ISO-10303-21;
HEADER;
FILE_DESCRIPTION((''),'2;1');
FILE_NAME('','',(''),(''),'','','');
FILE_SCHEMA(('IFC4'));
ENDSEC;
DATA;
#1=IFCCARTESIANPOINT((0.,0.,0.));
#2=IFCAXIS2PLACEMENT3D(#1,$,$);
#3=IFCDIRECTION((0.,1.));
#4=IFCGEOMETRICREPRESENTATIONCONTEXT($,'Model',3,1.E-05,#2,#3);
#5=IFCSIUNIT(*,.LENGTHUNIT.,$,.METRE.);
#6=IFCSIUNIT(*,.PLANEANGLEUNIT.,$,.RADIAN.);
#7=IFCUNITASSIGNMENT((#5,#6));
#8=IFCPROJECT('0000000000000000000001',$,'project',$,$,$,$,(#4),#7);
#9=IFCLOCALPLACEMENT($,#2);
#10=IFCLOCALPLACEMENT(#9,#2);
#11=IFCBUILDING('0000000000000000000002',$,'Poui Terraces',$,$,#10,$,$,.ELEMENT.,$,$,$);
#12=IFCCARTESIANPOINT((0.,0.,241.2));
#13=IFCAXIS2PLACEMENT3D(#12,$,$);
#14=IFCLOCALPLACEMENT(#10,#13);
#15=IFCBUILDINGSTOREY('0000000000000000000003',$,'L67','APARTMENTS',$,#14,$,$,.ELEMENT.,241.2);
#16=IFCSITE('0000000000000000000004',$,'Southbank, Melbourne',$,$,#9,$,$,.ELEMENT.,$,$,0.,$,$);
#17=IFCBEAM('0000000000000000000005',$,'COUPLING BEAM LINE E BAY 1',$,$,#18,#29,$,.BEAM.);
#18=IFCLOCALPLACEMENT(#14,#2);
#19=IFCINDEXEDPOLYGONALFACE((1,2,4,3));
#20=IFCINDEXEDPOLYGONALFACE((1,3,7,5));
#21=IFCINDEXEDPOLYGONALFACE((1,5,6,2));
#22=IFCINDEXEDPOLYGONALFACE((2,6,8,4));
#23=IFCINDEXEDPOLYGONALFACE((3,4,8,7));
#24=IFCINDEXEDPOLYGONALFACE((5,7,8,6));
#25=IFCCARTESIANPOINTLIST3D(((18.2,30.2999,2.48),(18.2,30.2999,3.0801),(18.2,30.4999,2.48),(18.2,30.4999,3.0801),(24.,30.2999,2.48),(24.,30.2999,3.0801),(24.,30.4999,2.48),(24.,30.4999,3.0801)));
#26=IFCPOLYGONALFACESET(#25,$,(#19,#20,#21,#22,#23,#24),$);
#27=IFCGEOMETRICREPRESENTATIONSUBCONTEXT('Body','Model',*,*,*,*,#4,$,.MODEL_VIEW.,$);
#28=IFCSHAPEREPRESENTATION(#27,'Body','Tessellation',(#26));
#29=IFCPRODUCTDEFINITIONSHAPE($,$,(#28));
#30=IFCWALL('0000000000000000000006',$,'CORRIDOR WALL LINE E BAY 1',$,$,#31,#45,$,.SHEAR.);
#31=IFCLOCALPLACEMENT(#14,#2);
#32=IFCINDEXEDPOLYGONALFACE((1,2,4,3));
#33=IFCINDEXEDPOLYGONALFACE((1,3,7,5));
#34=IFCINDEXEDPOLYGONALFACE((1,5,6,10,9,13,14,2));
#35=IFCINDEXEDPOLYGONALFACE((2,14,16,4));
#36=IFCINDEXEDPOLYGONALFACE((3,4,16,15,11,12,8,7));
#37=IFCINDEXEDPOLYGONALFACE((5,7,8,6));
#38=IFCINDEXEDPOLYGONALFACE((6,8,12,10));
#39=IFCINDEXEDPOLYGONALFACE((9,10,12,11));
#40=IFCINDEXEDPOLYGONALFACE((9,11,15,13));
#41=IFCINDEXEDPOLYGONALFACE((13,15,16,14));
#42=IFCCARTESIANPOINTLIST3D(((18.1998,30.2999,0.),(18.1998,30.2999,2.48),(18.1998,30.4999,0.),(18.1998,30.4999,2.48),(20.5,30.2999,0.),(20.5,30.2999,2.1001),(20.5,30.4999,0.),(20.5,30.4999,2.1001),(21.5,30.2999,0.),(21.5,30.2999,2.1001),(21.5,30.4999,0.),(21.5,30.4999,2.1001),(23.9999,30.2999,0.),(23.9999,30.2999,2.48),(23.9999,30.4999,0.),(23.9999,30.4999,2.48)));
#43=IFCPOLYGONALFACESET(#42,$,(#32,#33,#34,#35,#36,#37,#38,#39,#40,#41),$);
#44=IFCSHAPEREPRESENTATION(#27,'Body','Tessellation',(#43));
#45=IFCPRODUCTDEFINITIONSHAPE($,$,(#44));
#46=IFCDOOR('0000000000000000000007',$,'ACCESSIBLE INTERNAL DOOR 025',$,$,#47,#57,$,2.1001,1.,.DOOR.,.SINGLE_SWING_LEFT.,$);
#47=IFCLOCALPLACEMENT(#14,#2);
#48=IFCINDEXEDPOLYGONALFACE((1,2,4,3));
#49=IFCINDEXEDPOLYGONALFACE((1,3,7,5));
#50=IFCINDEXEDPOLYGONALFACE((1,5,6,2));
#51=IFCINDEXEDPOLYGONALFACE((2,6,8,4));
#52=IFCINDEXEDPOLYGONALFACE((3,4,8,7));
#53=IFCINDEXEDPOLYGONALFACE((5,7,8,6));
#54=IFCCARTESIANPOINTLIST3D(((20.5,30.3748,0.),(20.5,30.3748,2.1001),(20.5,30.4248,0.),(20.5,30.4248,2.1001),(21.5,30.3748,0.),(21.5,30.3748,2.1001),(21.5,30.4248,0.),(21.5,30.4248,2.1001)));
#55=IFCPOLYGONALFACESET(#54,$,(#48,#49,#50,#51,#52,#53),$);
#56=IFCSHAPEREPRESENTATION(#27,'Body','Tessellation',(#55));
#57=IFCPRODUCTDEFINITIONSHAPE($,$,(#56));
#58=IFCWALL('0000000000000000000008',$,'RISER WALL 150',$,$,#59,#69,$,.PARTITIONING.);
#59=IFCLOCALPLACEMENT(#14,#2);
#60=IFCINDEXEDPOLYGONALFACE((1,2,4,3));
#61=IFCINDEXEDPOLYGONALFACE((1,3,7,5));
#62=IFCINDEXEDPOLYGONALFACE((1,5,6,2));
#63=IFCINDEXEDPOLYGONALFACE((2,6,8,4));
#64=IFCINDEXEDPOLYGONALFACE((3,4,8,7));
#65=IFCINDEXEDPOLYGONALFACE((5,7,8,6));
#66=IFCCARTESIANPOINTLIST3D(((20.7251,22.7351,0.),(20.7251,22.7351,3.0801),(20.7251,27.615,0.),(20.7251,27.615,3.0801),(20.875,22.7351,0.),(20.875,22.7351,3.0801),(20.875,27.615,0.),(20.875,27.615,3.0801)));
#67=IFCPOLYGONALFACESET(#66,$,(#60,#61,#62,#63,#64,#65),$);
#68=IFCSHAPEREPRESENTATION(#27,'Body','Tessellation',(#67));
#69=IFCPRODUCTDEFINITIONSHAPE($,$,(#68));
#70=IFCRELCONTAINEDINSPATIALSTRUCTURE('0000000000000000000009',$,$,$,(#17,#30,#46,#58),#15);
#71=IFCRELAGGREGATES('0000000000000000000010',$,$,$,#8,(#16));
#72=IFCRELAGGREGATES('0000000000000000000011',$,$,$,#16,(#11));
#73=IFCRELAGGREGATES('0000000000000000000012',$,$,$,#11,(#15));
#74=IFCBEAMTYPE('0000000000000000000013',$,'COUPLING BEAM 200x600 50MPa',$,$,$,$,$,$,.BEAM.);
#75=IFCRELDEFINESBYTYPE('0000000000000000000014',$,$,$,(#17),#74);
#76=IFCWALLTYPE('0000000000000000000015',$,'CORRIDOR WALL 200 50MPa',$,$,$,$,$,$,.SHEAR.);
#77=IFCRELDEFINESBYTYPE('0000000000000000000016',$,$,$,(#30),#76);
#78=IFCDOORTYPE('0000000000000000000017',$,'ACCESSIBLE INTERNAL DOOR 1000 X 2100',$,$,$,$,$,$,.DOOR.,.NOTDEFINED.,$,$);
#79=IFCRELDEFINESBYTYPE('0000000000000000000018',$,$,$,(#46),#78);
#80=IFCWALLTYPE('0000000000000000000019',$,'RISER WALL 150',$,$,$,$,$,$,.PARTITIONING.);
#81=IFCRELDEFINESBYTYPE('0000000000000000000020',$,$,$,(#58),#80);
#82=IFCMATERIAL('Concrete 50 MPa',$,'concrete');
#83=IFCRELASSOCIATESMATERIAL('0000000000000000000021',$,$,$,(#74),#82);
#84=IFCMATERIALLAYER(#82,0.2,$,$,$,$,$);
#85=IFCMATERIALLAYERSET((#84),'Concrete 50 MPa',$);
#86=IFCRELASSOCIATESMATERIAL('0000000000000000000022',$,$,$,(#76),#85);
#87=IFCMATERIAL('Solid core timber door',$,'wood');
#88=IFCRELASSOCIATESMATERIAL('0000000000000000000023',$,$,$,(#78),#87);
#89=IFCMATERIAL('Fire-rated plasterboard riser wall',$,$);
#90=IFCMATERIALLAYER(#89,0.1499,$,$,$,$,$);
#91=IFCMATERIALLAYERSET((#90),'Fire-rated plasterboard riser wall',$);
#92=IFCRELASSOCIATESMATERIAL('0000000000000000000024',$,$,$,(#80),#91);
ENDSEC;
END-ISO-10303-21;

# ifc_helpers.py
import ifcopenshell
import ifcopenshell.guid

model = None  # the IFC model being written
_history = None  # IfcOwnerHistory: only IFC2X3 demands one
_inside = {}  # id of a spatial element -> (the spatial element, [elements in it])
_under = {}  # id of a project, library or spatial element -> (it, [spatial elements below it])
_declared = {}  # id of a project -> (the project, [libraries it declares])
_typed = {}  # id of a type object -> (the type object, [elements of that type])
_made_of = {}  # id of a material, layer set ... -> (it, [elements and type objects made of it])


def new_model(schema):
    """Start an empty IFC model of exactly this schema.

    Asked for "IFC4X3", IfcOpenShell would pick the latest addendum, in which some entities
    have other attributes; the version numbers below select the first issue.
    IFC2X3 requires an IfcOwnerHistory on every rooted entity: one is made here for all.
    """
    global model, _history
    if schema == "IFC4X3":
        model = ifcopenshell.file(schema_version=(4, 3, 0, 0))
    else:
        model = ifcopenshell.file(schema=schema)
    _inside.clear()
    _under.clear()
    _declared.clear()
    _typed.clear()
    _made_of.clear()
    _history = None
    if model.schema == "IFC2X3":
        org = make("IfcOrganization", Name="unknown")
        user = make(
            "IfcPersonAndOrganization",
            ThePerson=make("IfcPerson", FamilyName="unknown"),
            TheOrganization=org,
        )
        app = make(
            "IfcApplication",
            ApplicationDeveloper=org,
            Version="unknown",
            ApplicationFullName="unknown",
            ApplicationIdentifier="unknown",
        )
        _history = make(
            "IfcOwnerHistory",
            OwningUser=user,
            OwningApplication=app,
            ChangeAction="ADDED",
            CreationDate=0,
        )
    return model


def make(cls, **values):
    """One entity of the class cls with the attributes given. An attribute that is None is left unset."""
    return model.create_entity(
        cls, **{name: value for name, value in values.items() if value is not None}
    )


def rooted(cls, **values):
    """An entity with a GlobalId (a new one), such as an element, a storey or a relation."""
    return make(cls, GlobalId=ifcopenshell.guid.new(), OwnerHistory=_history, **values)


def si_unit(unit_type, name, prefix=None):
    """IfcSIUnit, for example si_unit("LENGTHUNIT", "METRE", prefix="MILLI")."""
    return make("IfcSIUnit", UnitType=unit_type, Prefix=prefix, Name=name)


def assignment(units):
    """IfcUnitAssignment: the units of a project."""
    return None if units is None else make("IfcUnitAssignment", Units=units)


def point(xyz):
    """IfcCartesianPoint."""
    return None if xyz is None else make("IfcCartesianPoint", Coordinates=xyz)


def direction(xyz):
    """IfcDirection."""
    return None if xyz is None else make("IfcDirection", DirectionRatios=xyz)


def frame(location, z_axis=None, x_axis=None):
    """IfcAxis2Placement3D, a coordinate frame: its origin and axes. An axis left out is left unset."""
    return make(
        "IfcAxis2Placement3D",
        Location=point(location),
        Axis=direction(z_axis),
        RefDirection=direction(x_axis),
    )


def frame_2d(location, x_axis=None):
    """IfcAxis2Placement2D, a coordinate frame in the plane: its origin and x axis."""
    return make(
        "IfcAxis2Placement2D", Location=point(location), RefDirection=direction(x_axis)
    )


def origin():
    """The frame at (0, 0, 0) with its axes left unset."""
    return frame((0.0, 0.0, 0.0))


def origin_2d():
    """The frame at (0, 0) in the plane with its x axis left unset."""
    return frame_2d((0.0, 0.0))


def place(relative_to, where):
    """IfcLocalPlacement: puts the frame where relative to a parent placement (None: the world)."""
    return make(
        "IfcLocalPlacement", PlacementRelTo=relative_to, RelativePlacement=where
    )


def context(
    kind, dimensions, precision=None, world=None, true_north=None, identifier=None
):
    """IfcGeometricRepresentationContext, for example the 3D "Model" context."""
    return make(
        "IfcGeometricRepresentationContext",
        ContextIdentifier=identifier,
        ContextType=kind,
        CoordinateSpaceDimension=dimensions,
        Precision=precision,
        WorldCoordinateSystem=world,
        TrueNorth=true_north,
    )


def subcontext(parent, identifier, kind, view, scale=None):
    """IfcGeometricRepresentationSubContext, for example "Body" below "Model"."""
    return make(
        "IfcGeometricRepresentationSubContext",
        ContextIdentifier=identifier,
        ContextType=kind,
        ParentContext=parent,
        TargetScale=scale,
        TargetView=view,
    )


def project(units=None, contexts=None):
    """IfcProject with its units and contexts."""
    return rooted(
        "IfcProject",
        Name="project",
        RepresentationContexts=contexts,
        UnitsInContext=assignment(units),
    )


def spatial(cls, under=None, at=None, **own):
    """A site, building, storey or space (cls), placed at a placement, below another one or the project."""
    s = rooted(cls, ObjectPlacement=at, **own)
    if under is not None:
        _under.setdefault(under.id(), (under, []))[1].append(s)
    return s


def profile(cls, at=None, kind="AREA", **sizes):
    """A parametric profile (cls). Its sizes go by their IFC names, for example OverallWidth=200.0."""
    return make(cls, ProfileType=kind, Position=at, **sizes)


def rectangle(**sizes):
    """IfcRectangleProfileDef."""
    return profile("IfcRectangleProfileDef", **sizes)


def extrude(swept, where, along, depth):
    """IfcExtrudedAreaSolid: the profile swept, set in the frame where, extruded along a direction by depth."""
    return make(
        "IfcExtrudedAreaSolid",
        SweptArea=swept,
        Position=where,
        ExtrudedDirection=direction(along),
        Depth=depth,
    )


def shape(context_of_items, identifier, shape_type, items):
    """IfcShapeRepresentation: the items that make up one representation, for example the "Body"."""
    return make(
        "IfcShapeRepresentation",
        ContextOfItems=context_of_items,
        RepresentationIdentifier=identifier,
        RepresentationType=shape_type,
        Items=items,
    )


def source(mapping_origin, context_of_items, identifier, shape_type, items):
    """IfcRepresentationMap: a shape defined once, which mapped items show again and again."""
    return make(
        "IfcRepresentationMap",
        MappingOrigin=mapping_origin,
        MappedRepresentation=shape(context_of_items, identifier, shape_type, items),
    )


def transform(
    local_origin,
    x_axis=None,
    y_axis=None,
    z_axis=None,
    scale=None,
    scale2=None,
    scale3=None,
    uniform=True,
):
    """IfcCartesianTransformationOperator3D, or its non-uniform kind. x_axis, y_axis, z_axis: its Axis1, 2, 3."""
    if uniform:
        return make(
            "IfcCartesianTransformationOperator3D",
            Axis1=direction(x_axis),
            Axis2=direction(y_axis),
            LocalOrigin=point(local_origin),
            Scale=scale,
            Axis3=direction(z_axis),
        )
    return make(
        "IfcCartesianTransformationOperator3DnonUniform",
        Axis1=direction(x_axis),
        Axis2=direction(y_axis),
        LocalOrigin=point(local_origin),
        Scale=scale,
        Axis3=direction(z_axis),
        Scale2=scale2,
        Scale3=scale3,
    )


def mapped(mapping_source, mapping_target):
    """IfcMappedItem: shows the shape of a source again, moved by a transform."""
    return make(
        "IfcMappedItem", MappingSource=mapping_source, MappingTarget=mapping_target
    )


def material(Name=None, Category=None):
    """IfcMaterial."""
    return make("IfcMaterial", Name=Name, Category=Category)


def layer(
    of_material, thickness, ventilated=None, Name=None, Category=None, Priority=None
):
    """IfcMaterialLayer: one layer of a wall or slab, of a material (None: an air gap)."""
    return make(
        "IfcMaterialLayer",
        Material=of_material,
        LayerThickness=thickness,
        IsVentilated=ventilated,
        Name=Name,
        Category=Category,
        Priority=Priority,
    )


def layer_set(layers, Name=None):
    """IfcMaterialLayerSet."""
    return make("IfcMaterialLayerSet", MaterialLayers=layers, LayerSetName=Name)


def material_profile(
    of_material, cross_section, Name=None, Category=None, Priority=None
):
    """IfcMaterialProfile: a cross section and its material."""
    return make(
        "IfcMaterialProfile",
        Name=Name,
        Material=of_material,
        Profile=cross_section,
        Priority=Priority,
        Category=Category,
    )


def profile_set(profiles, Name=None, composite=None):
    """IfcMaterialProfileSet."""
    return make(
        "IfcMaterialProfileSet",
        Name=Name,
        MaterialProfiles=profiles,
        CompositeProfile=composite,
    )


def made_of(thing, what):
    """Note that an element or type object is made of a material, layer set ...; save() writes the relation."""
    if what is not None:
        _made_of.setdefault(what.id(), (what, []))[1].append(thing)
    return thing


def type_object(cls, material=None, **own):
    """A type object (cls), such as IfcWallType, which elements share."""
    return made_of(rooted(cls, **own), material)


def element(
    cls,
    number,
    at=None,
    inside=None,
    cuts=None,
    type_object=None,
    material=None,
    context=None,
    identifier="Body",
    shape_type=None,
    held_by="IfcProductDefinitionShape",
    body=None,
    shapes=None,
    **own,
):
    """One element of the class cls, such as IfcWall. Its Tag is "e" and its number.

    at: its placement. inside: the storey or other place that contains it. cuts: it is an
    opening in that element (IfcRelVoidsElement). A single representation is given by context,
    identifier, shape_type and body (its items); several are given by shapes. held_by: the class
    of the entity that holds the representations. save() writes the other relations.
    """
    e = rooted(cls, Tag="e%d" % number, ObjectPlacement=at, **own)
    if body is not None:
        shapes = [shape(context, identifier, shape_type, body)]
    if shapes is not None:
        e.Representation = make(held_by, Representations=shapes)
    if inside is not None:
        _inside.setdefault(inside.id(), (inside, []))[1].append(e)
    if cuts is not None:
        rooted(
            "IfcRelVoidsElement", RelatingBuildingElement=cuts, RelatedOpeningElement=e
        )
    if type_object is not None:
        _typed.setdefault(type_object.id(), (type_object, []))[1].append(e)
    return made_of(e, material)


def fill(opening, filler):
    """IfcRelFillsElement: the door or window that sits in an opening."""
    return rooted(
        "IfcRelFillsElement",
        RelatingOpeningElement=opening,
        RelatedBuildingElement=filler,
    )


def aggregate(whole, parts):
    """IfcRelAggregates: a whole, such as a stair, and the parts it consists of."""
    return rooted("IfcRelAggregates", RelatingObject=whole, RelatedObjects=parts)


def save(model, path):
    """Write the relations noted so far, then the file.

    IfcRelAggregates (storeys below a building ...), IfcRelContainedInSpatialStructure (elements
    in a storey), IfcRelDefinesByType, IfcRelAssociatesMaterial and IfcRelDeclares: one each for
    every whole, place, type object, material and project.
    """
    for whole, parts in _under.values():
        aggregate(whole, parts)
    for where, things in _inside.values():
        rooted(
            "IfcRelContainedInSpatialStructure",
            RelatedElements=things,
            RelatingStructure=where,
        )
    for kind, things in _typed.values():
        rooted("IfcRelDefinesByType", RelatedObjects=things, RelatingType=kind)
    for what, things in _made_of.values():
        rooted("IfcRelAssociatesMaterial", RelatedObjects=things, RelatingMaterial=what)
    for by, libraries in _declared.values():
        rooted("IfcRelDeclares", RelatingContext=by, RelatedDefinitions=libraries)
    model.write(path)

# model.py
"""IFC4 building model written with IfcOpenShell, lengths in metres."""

from ifc_helpers import new_model, si_unit, direction, frame, frame_2d, origin, origin_2d, place, context, subcontext, project, spatial, rectangle, extrude, source, transform, mapped, material, layer, layer_set, material_profile, profile_set, type_object, element, fill, save


model = new_model("IFC4")

# Units and contexts
model_context = context("Model", 3, precision=1e-05, world=origin(), true_north=direction((0.0, 1.0)))
body_context = subcontext(model_context, "Body", "Model", "MODEL_VIEW")
ifc_project = project(units=[si_unit("LENGTHUNIT", "METRE"), si_unit("PLANEANGLEUNIT", "RADIAN")], contexts=[model_context])

# Site, building, storey
site_placement = place(None, origin())
site = spatial("IfcSite", under=ifc_project, at=site_placement, Name="Southbank, Melbourne", CompositionType="ELEMENT", RefElevation=0.0)
building_placement = place(site_placement, origin())
building = spatial("IfcBuilding", under=site, at=building_placement, Name="Poui Terraces", CompositionType="ELEMENT")
storey_placement = place(building_placement, frame((0.0, 0.0, 241.2)))
storey = spatial("IfcBuildingStorey", under=building, at=storey_placement, Name="L67", Description="APARTMENTS", CompositionType="ELEMENT", Elevation=241.2)

# Beam
ifc_material_1 = material(Name="Concrete 50 MPa", Category="concrete")
ifc_material_profile = material_profile(ifc_material_1, rectangle(XDim=0.2, YDim=0.6001, at=origin_2d()), Name="RC 200x600")
ifc_profile_set = profile_set([ifc_material_profile], Name="Concrete 50 MPa")
beam_type = type_object("IfcBeamType", Name="COUPLING BEAM 200x600 50MPa", PredefinedType="BEAM", material=ifc_profile_set)
shared_shape = source(origin(), body_context, "Body", "SweptSolid", [
    extrude(rectangle(XDim=0.2, YDim=0.6001, at=origin_2d()), origin(), (0.0, 0.0, 1.0), 5.8),
])
beam_placement = place(storey_placement, frame((18.2, 30.3999, 2.78), z_axis=(1.0, 0.0, 0.0), x_axis=(0.0, 1.0, 0.0)))
element("IfcBeam", 1, at=beam_placement, inside=storey, type_object=beam_type, Name="COUPLING BEAM LINE E BAY 1", PredefinedType="BEAM", context=body_context, shape_type="MappedRepresentation", body=[
    mapped(shared_shape, transform((0.0, 0.0, 0.0))),
])

# Wall, opening, door
ifc_layer_1 = layer(ifc_material_1, 0.2)
ifc_layer_set_1 = layer_set([ifc_layer_1], Name="Concrete 50 MPa")
wall_type_1 = type_object("IfcWallType", Name="CORRIDOR WALL 200 50MPa", PredefinedType="SHEAR", material=ifc_layer_set_1)
wall_1_placement = place(storey_placement, frame((18.2, 30.3999, 0.0), z_axis=(0.0, 0.0, 1.0), x_axis=(1.0, 0.0, 0.0)))
wall_1 = element("IfcWall", 2, at=wall_1_placement, inside=storey, type_object=wall_type_1, Name="CORRIDOR WALL LINE E BAY 1", PredefinedType="SHEAR", context=body_context, shape_type="SweptSolid", body=[
    extrude(rectangle(XDim=5.8, YDim=0.2, at=frame_2d((2.8999, 0.0))), origin(), (0.0, 0.0, 1.0), 2.48),
])
opening_1_placement = place(wall_1_placement, frame((2.3, 0.0, 0.0)))
opening_1 = element("IfcOpeningElement", 3, at=opening_1_placement, cuts=wall_1, PredefinedType="OPENING", context=body_context, shape_type="SweptSolid", body=[
    extrude(rectangle(XDim=1.0, YDim=2.1001, at=frame_2d((0.5, 1.05))), frame((0.0, 0.1099, 0.0), z_axis=(0.0, -1.0, 0.0), x_axis=(1.0, 0.0, 0.0)), (0.0, 0.0, 1.0), 0.22),
])
ifc_material_2 = material(Name="Solid core timber door", Category="wood")
door_type_1 = type_object("IfcDoorType", Name="ACCESSIBLE INTERNAL DOOR 1000 X 2100", OperationType="NOTDEFINED", PredefinedType="DOOR", material=ifc_material_2)
door_1_placement = place(opening_1_placement, origin())
door_1 = element("IfcDoor", 4, at=door_1_placement, inside=storey, type_object=door_type_1, Name="ACCESSIBLE INTERNAL DOOR 025", OperationType="SINGLE_SWING_LEFT", OverallHeight=2.1001, OverallWidth=1.0, PredefinedType="DOOR", context=body_context, shape_type="SweptSolid", body=[
    extrude(rectangle(XDim=1.0, YDim=2.1001, at=frame_2d((0.5, 1.05))), frame((0.0, 0.0249, 0.0), z_axis=(0.0, -1.0, 0.0), x_axis=(1.0, 0.0, 0.0)), (0.0, 0.0, 1.0), 0.05),
])
fill(opening_1, door_1)

# Wall
ifc_material_3 = material(Name="Fire-rated plasterboard riser wall")
ifc_layer_2 = layer(ifc_material_3, 0.1499)
ifc_layer_set_2 = layer_set([ifc_layer_2], Name="Fire-rated plasterboard riser wall")
wall_type_2 = type_object("IfcWallType", Name="RISER WALL 150", PredefinedType="PARTITIONING", material=ifc_layer_set_2)
wall_2_placement = place(storey_placement, frame((20.8, 22.7351, 0.0), z_axis=(0.0, 0.0, 1.0), x_axis=(0.0, 1.0, 0.0)))
element("IfcWall", 5, at=wall_2_placement, inside=storey, type_object=wall_type_2, Name="RISER WALL 150", PredefinedType="PARTITIONING", context=body_context, shape_type="SweptSolid", body=[
    extrude(rectangle(XDim=4.8799, YDim=0.1499, at=frame_2d((2.4399, 0.0))), origin(), (0.0, 0.0, 1.0), 3.0801),
])

save(model, "model.ifc")
